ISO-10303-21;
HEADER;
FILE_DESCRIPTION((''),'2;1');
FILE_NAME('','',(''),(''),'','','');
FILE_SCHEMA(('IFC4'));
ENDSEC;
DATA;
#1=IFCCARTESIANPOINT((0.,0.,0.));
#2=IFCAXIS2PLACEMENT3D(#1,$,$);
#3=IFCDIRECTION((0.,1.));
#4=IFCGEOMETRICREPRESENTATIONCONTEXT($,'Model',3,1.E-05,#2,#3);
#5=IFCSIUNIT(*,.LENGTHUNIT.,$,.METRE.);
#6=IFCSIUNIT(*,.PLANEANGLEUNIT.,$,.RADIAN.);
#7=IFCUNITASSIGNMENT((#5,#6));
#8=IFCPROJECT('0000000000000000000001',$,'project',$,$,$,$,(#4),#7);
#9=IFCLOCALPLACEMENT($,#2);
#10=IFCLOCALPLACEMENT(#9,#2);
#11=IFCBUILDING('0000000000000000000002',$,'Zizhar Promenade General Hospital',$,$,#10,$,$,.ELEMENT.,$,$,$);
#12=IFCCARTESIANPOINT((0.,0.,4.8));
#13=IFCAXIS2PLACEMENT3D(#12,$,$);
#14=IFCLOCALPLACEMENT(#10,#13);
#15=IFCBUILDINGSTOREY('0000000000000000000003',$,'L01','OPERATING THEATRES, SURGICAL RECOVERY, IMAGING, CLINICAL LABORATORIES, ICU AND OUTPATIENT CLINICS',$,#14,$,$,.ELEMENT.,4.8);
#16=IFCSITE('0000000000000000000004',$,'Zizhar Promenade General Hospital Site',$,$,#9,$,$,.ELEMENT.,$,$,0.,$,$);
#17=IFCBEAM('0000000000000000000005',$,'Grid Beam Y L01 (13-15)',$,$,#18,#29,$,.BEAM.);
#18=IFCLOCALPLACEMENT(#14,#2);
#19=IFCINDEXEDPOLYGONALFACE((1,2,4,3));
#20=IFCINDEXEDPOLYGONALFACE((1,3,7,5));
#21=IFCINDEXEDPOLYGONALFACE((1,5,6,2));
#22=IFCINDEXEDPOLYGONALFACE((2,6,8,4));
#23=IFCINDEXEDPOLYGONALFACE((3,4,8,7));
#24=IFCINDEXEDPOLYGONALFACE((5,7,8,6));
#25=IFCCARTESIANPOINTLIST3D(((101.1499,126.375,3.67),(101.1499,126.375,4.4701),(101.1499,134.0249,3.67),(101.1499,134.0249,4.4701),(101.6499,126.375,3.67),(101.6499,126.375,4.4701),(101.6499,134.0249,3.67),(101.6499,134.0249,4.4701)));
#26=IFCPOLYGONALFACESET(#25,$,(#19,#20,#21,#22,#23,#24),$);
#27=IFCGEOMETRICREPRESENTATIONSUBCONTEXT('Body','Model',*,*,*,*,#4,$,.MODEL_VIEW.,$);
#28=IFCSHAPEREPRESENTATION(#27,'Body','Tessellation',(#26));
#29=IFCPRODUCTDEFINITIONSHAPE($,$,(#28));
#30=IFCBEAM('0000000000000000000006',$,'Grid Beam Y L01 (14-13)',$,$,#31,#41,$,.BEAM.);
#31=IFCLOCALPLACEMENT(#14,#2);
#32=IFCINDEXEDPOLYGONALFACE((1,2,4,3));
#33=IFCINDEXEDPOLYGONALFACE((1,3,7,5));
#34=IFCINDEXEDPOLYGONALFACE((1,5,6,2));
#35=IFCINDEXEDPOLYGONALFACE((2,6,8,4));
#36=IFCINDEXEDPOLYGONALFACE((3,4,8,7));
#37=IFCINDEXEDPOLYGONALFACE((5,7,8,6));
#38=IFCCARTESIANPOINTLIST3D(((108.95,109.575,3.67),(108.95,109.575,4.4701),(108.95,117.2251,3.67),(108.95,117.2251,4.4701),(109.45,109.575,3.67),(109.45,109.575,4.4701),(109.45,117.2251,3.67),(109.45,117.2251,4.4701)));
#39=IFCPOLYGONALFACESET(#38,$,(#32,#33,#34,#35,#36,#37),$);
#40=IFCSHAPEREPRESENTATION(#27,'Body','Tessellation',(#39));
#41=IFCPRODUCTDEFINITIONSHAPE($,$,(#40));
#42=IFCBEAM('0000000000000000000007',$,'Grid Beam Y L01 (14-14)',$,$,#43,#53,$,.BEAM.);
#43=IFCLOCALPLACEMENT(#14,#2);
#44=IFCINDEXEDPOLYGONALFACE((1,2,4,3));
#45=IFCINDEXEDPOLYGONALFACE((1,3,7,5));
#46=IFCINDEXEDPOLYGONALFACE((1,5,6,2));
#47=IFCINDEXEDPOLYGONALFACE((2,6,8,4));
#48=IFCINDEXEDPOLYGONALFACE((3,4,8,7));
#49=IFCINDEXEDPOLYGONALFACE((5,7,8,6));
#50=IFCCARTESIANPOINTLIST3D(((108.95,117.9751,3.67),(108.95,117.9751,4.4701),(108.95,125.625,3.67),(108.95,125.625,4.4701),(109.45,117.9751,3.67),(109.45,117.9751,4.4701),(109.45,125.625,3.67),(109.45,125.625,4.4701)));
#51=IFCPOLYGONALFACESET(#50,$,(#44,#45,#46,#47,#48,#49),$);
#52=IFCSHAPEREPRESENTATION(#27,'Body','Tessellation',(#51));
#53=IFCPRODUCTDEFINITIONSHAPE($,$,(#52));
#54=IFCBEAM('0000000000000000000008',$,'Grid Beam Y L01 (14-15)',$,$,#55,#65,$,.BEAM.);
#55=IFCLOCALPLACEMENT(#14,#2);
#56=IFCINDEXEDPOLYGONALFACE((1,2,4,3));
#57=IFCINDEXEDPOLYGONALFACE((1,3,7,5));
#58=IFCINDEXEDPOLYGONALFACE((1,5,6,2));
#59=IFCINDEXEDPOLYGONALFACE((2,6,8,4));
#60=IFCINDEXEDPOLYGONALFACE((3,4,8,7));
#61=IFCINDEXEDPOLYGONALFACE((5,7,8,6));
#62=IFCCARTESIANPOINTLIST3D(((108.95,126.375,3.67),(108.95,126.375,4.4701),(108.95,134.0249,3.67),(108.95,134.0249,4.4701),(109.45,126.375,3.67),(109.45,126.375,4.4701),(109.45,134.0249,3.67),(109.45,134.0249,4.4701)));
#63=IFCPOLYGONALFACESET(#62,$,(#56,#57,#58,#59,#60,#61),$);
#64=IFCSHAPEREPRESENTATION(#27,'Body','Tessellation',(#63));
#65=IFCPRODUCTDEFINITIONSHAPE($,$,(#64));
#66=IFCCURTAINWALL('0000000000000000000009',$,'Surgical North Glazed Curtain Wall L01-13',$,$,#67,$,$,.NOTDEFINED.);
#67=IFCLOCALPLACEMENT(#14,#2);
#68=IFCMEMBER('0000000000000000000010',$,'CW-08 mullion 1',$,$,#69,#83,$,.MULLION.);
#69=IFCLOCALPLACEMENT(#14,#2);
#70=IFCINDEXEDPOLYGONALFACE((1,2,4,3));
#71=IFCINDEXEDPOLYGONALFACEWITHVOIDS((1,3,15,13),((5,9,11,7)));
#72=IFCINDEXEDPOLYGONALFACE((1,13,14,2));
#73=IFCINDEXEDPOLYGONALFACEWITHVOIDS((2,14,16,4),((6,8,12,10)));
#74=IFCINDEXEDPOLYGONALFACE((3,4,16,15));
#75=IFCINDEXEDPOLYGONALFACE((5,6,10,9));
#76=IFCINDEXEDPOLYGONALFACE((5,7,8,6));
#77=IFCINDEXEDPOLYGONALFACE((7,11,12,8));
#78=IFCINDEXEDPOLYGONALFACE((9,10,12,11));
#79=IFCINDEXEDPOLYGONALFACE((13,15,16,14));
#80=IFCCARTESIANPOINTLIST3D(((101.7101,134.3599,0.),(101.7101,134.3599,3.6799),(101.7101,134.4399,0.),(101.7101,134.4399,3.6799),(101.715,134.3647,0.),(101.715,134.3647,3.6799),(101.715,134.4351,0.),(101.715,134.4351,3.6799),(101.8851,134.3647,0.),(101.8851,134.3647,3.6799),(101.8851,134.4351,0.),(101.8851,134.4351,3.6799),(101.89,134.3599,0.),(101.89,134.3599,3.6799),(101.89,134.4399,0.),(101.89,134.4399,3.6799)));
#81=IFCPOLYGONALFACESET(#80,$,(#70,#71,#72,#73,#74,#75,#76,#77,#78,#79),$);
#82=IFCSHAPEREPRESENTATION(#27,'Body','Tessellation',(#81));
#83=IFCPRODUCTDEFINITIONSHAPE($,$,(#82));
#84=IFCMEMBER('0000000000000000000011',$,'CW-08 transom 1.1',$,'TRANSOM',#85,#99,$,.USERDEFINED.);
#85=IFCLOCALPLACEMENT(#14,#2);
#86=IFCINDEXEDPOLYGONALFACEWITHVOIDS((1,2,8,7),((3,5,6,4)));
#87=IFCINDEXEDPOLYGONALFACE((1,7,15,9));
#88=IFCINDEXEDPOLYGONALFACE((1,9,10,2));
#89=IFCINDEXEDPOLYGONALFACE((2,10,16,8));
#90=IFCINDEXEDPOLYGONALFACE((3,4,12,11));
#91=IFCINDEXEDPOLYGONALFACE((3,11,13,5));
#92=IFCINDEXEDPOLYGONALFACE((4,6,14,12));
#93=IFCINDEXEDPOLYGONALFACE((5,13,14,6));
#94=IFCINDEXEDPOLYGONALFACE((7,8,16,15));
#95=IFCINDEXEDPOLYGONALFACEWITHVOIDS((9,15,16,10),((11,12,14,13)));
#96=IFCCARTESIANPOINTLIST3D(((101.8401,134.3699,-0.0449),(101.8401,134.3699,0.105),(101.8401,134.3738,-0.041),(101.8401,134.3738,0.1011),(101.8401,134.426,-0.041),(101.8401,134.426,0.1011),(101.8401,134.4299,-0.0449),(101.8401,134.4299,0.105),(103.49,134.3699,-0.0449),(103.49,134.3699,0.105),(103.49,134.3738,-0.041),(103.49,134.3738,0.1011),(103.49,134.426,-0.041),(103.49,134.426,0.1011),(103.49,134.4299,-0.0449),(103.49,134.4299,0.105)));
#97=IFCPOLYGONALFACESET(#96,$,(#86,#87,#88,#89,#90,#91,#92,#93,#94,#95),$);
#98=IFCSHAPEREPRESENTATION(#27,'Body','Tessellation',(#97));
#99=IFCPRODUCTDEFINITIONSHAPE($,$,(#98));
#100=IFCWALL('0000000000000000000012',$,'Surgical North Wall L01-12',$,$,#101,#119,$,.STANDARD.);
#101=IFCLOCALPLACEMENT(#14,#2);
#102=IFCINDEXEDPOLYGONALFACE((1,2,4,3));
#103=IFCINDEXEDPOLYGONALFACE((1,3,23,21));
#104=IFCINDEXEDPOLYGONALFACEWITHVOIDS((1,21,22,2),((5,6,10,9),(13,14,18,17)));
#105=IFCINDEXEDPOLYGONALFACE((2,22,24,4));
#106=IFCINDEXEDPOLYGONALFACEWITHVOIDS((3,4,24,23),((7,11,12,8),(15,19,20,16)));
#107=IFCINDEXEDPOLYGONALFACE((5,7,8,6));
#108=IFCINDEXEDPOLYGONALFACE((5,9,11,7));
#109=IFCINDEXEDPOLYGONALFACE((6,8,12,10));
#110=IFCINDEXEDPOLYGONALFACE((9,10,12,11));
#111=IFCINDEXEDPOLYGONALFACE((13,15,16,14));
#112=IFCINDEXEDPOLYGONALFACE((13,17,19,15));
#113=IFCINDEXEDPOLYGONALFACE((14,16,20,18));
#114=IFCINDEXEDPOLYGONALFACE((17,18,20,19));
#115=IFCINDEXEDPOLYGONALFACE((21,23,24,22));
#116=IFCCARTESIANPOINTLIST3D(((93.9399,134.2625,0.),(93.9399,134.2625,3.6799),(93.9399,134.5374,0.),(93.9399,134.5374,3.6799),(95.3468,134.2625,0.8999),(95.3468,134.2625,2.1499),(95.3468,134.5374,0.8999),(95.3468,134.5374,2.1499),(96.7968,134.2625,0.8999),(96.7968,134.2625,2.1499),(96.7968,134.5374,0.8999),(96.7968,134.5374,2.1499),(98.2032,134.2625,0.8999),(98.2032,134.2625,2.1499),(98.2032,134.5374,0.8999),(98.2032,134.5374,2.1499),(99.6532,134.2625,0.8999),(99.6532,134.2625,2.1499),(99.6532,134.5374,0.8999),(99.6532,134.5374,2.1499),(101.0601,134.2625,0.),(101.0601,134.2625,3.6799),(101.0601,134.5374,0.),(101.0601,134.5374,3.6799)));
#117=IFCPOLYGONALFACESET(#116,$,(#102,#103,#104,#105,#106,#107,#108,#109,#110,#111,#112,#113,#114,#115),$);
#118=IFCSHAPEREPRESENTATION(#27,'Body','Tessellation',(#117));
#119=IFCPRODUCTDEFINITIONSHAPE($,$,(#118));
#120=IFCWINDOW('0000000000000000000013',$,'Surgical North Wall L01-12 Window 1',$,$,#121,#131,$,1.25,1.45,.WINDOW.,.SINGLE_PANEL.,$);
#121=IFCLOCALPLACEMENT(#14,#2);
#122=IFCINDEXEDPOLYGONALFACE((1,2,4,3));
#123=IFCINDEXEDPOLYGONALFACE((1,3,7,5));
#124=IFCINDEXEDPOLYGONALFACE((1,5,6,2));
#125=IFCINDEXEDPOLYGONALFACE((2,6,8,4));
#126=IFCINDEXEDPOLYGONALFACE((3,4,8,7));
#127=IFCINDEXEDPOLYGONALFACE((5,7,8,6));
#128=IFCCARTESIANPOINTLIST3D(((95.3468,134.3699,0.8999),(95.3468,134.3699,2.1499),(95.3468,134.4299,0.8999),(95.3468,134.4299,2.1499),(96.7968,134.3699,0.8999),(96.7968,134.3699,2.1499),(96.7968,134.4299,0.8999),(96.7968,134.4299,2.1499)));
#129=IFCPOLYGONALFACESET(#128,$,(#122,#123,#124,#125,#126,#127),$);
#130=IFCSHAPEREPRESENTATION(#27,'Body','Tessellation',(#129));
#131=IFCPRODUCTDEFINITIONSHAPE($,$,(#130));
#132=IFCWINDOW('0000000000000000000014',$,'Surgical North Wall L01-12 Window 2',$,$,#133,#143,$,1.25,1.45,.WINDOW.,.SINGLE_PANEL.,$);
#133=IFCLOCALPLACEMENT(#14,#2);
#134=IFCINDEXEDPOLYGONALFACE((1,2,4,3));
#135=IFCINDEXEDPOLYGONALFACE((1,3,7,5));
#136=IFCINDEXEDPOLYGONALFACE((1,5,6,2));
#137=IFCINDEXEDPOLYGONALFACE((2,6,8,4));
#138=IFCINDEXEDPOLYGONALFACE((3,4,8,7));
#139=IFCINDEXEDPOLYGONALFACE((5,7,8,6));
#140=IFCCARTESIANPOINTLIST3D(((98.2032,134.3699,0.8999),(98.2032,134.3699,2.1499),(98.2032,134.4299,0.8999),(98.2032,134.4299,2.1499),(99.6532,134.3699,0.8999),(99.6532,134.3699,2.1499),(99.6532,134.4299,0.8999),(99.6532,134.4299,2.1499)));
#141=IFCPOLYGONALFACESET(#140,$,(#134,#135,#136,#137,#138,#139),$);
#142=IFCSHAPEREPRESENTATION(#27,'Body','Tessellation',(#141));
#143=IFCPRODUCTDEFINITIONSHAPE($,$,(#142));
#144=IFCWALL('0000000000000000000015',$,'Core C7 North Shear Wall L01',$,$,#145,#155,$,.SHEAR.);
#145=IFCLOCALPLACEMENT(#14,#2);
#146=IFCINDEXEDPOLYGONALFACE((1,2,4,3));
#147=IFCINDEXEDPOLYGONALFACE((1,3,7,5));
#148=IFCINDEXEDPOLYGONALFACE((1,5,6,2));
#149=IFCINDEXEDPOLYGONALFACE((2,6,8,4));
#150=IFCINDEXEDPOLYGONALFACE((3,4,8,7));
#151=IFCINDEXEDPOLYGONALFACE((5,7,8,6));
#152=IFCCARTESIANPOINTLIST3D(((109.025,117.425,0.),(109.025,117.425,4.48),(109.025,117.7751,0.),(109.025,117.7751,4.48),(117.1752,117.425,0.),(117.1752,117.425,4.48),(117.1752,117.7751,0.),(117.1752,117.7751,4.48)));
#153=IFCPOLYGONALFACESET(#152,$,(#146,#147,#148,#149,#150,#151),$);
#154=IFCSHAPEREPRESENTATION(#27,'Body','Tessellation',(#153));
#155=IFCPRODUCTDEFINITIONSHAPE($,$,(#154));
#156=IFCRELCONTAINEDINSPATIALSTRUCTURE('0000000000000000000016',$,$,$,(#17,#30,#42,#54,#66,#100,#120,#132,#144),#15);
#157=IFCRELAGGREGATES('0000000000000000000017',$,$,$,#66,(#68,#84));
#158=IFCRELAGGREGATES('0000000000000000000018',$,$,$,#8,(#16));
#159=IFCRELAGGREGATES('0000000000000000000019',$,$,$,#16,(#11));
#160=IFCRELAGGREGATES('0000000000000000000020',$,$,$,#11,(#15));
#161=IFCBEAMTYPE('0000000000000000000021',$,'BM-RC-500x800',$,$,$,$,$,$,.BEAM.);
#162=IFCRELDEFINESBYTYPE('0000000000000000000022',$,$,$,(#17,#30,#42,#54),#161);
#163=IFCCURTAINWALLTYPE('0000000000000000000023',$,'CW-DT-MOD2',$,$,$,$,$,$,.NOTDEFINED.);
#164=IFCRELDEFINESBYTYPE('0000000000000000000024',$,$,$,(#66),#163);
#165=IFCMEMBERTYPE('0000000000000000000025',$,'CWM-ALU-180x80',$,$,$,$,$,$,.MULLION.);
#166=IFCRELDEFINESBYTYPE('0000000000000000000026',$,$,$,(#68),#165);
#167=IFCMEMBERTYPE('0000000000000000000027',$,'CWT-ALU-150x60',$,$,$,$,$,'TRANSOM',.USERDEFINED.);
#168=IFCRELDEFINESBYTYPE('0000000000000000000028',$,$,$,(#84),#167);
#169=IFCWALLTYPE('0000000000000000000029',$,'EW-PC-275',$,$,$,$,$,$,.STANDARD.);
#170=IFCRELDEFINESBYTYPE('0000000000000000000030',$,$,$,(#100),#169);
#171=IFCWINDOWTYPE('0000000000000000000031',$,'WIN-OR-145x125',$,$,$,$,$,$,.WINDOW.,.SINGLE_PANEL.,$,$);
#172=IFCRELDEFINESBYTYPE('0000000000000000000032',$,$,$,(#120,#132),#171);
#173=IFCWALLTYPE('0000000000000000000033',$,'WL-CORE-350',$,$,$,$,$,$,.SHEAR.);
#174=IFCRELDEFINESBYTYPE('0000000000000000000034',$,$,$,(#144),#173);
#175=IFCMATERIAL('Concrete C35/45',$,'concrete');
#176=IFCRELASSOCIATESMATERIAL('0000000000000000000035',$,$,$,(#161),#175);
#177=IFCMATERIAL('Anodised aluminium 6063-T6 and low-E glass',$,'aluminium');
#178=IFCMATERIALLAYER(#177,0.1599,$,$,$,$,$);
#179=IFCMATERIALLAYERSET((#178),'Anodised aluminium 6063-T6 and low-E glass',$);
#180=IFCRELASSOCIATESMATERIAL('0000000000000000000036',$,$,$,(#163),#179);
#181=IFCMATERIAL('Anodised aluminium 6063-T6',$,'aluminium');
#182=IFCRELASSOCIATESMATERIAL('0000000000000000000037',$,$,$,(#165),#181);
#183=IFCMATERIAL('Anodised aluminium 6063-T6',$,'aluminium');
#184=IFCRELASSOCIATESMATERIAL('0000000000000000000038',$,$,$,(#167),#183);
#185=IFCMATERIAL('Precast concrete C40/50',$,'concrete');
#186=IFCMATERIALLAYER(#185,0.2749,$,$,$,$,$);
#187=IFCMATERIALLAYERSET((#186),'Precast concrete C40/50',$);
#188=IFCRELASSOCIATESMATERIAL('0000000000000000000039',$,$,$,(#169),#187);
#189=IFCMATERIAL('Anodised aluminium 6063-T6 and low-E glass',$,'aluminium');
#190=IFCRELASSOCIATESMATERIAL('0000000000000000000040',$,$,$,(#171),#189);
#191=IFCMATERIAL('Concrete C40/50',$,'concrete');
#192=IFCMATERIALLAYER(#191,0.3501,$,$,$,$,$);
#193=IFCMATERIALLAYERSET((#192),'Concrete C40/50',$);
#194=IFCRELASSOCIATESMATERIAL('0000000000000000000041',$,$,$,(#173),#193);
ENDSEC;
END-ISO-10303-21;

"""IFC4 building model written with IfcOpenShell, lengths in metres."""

from ifc_helpers import new_model, si_unit, direction, frame, frame_2d, origin, origin_2d, place, context, subcontext, project, spatial, rectangle, hollow_rectangle, extrude, material, layer, layer_set, material_profile, profile_set, type_object, element, fill, aggregate, save


model = new_model("IFC4")

# Units and contexts
model_context = context("Model", 3, precision=1e-05, world=origin(), true_north=direction((0.0, 1.0)))
body_context = subcontext(model_context, "Body", "Model", "MODEL_VIEW")
ifc_project = project(units=[si_unit("LENGTHUNIT", "METRE"), si_unit("PLANEANGLEUNIT", "RADIAN")], contexts=[model_context])

# Site, building, storey
site_placement = place(None, origin())
site = spatial("IfcSite", under=ifc_project, at=site_placement, Name="Zizhar Promenade General Hospital Site", CompositionType="ELEMENT", RefElevation=0.0)
building_placement = place(site_placement, origin())
building = spatial("IfcBuilding", under=site, at=building_placement, Name="Zizhar Promenade General Hospital", CompositionType="ELEMENT")
storey_placement = place(building_placement, frame((0.0, 0.0, 4.8)))
storey = spatial("IfcBuildingStorey", under=building, at=storey_placement, Name="L01", Description="OPERATING THEATRES, SURGICAL RECOVERY, IMAGING, CLINICAL LABORATORIES, ICU AND OUTPATIENT CLINICS", CompositionType="ELEMENT", Elevation=4.8)

# Beams
ifc_material_1 = material(Name="Concrete C35/45", Category="concrete")
ifc_material_profile_1 = material_profile(ifc_material_1, rectangle(XDim=0.5, YDim=0.8, at=origin_2d()))
ifc_profile_set_1 = profile_set([ifc_material_profile_1], Name="Concrete C35/45")
beam_type_1 = type_object("IfcBeamType", Name="BM-RC-500x800", PredefinedType="BEAM", material=ifc_profile_set_1)
for number, where, z_axis, x_axis, name in (
    (1, (101.3999, 126.375, 4.0701), (0.0, 1.0, 0.0), (-1.0, 0.0, 0.0), "Grid Beam Y L01 (13-15)"),
):
    element("IfcBeam", number, at=place(storey_placement, frame(where, z_axis=z_axis, x_axis=x_axis)), inside=storey, type_object=beam_type_1, Name=name, PredefinedType="BEAM", context=body_context, shape_type="SweptSolid", body=[
        extrude(rectangle(XDim=0.5, YDim=0.8, at=origin_2d()), origin(), (0.0, 0.0, 1.0), 7.6499),
    ])
beam_1_placement = place(storey_placement, frame((109.2, 109.575, 4.0701), z_axis=(0.0, 1.0, 0.0), x_axis=(-1.0, 0.0, 0.0)))
element("IfcBeam", 2, at=beam_1_placement, inside=storey, type_object=beam_type_1, Name="Grid Beam Y L01 (14-13)", PredefinedType="BEAM", context=body_context, shape_type="SweptSolid", body=[
    extrude(rectangle(XDim=0.5, YDim=0.8, at=origin_2d()), origin(), (0.0, 0.0, 1.0), 7.6501),
])
for number, where, z_axis, x_axis, name in (
    (3, (109.2, 117.9751, 4.0701), (0.0, 1.0, 0.0), (-1.0, 0.0, 0.0), "Grid Beam Y L01 (14-14)"),
    (4, (109.2, 126.375, 4.0701), (0.0, 1.0, 0.0), (-1.0, 0.0, 0.0), "Grid Beam Y L01 (14-15)"),
):
    element("IfcBeam", number, at=place(storey_placement, frame(where, z_axis=z_axis, x_axis=x_axis)), inside=storey, type_object=beam_type_1, Name=name, PredefinedType="BEAM", context=body_context, shape_type="SweptSolid", body=[
        extrude(rectangle(XDim=0.5, YDim=0.8, at=origin_2d()), origin(), (0.0, 0.0, 1.0), 7.6499),
    ])

# Curtain wall, members
ifc_material_2 = material(Name="Anodised aluminium 6063-T6 and low-E glass", Category="aluminium")
ifc_layer_1 = layer(ifc_material_2, 0.1599)
ifc_layer_set_1 = layer_set([ifc_layer_1], Name="Anodised aluminium 6063-T6 and low-E glass")
curtain_wall_type = type_object("IfcCurtainWallType", Name="CW-DT-MOD2", PredefinedType="NOTDEFINED", material=ifc_layer_set_1)
curtain_wall_placement = place(storey_placement, origin())
curtain_wall = element("IfcCurtainWall", 5, at=curtain_wall_placement, inside=storey, type_object=curtain_wall_type, Name="Surgical North Glazed Curtain Wall L01-13", PredefinedType="NOTDEFINED")
ifc_material_3 = material(Name="Anodised aluminium 6063-T6", Category="aluminium")
ifc_material_profile_2 = material_profile(ifc_material_3, hollow_rectangle(XDim=0.0801, YDim=0.1799, WallThickness=0.0049, at=origin_2d()))
ifc_profile_set_2 = profile_set([ifc_material_profile_2], Name="Anodised aluminium 6063-T6")
member_type_1 = type_object("IfcMemberType", Name="CWM-ALU-180x80", PredefinedType="MULLION", material=ifc_profile_set_2)
member_1_placement = place(storey_placement, frame((101.8, 134.3999, 0.0), z_axis=(0.0, 0.0, 1.0), x_axis=(0.0, 1.0, 0.0)))
member_1 = element("IfcMember", 6, at=member_1_placement, type_object=member_type_1, Name="CW-08 mullion 1", PredefinedType="MULLION", context=body_context, shape_type="SweptSolid", body=[
    extrude(hollow_rectangle(XDim=0.0801, YDim=0.1799, WallThickness=0.0049, at=origin_2d()), origin(), (0.0, 0.0, 1.0), 3.6799),
])
ifc_material_4 = material(Name="Anodised aluminium 6063-T6", Category="aluminium")
ifc_material_profile_3 = material_profile(ifc_material_4, hollow_rectangle(XDim=0.0601, YDim=0.1499, WallThickness=0.0039, at=origin_2d()))
ifc_profile_set_3 = profile_set([ifc_material_profile_3], Name="Anodised aluminium 6063-T6")
member_type_2 = type_object("IfcMemberType", Name="CWT-ALU-150x60", ElementType="TRANSOM", PredefinedType="USERDEFINED", material=ifc_profile_set_3)
member_2_placement = place(storey_placement, frame((101.8401, 134.3999, 0.03), z_axis=(1.0, 0.0, 0.0), x_axis=(0.0, 1.0, 0.0)))
member_2 = element("IfcMember", 7, at=member_2_placement, type_object=member_type_2, Name="CW-08 transom 1.1", ObjectType="TRANSOM", PredefinedType="USERDEFINED", context=body_context, shape_type="SweptSolid", body=[
    extrude(hollow_rectangle(XDim=0.0601, YDim=0.1499, WallThickness=0.0039, at=origin_2d()), origin(), (0.0, 0.0, 1.0), 1.6499),
])
aggregate(curtain_wall, [member_1, member_2])

# Wall, openings, windows
ifc_material_5 = material(Name="Precast concrete C40/50", Category="concrete")
ifc_layer_2 = layer(ifc_material_5, 0.2749)
ifc_layer_set_2 = layer_set([ifc_layer_2], Name="Precast concrete C40/50")
wall_type_1 = type_object("IfcWallType", Name="EW-PC-275", PredefinedType="STANDARD", material=ifc_layer_set_2)
wall_1_placement = place(storey_placement, frame((93.9399, 134.3999, 0.0), z_axis=(0.0, 0.0, 1.0), x_axis=(1.0, 0.0, 0.0)))
wall_1 = element("IfcWall", 8, at=wall_1_placement, inside=storey, type_object=wall_type_1, Name="Surgical North Wall L01-12", PredefinedType="STANDARD", context=body_context, shape_type="SweptSolid", body=[
    extrude(rectangle(XDim=7.1201, YDim=0.2749, at=frame_2d((3.5601, 0.0))), origin(), (0.0, 0.0, 1.0), 3.6799),
])
opening_1_placement = place(wall_1_placement, frame((1.4067, 0.0, 0.8999)))
opening_1 = element("IfcOpeningElement", 9, at=opening_1_placement, cuts=wall_1, PredefinedType="OPENING", context=body_context, shape_type="SweptSolid", body=[
    extrude(rectangle(XDim=1.45, YDim=1.25, at=frame_2d((0.7251, 0.625))), frame((0.0, 0.1475, 0.0), z_axis=(0.0, -1.0, 0.0), x_axis=(1.0, 0.0, 0.0)), (0.0, 0.0, 1.0), 0.2949),
])
opening_2_placement = place(wall_1_placement, frame((4.2632, 0.0, 0.8999)))
opening_2 = element("IfcOpeningElement", 10, at=opening_2_placement, cuts=wall_1, PredefinedType="OPENING", context=body_context, shape_type="SweptSolid", body=[
    extrude(rectangle(XDim=1.45, YDim=1.25, at=frame_2d((0.7251, 0.625))), frame((0.0, 0.1475, 0.0), z_axis=(0.0, -1.0, 0.0), x_axis=(1.0, 0.0, 0.0)), (0.0, 0.0, 1.0), 0.2949),
])
ifc_material_6 = material(Name="Anodised aluminium 6063-T6 and low-E glass", Category="aluminium")
window_type = type_object("IfcWindowType", Name="WIN-OR-145x125", PartitioningType="SINGLE_PANEL", PredefinedType="WINDOW", material=ifc_material_6)
window_1_placement = place(opening_1_placement, origin())
window_1 = element("IfcWindow", 11, at=window_1_placement, inside=storey, type_object=window_type, Name="Surgical North Wall L01-12 Window 1", OverallHeight=1.25, OverallWidth=1.45, PartitioningType="SINGLE_PANEL", PredefinedType="WINDOW", context=body_context, shape_type="SweptSolid", body=[
    extrude(rectangle(XDim=1.45, YDim=1.25, at=frame_2d((0.7251, 0.625))), frame((0.0, 0.03, 0.0), z_axis=(0.0, -1.0, 0.0), x_axis=(1.0, 0.0, 0.0)), (0.0, 0.0, 1.0), 0.0601),
])
fill(opening_1, window_1)
window_2_placement = place(opening_2_placement, origin())
window_2 = element("IfcWindow", 12, at=window_2_placement, inside=storey, type_object=window_type, Name="Surgical North Wall L01-12 Window 2", OverallHeight=1.25, OverallWidth=1.45, PartitioningType="SINGLE_PANEL", PredefinedType="WINDOW", context=body_context, shape_type="SweptSolid", body=[
    extrude(rectangle(XDim=1.45, YDim=1.25, at=frame_2d((0.7251, 0.625))), frame((0.0, 0.03, 0.0), z_axis=(0.0, -1.0, 0.0), x_axis=(1.0, 0.0, 0.0)), (0.0, 0.0, 1.0), 0.0601),
])
fill(opening_2, window_2)

# Wall
ifc_material_7 = material(Name="Concrete C40/50", Category="concrete")
ifc_layer_3 = layer(ifc_material_7, 0.3501)
ifc_layer_set_3 = layer_set([ifc_layer_3], Name="Concrete C40/50")
wall_type_2 = type_object("IfcWallType", Name="WL-CORE-350", PredefinedType="SHEAR", material=ifc_layer_set_3)
wall_2_placement = place(storey_placement, frame((109.0249, 117.6001, 0.0), z_axis=(0.0, 0.0, 1.0), x_axis=(1.0, 0.0, 0.0)))
element("IfcWall", 13, at=wall_2_placement, inside=storey, type_object=wall_type_2, Name="Core C7 North Shear Wall L01", PredefinedType="SHEAR", context=body_context, shape_type="SweptSolid", body=[
    extrude(rectangle(XDim=8.1501, YDim=0.3501, at=frame_2d((4.0752, 0.0))), origin(), (0.0, 0.0, 1.0), 4.48),
])

save(model, "model.ifc")
